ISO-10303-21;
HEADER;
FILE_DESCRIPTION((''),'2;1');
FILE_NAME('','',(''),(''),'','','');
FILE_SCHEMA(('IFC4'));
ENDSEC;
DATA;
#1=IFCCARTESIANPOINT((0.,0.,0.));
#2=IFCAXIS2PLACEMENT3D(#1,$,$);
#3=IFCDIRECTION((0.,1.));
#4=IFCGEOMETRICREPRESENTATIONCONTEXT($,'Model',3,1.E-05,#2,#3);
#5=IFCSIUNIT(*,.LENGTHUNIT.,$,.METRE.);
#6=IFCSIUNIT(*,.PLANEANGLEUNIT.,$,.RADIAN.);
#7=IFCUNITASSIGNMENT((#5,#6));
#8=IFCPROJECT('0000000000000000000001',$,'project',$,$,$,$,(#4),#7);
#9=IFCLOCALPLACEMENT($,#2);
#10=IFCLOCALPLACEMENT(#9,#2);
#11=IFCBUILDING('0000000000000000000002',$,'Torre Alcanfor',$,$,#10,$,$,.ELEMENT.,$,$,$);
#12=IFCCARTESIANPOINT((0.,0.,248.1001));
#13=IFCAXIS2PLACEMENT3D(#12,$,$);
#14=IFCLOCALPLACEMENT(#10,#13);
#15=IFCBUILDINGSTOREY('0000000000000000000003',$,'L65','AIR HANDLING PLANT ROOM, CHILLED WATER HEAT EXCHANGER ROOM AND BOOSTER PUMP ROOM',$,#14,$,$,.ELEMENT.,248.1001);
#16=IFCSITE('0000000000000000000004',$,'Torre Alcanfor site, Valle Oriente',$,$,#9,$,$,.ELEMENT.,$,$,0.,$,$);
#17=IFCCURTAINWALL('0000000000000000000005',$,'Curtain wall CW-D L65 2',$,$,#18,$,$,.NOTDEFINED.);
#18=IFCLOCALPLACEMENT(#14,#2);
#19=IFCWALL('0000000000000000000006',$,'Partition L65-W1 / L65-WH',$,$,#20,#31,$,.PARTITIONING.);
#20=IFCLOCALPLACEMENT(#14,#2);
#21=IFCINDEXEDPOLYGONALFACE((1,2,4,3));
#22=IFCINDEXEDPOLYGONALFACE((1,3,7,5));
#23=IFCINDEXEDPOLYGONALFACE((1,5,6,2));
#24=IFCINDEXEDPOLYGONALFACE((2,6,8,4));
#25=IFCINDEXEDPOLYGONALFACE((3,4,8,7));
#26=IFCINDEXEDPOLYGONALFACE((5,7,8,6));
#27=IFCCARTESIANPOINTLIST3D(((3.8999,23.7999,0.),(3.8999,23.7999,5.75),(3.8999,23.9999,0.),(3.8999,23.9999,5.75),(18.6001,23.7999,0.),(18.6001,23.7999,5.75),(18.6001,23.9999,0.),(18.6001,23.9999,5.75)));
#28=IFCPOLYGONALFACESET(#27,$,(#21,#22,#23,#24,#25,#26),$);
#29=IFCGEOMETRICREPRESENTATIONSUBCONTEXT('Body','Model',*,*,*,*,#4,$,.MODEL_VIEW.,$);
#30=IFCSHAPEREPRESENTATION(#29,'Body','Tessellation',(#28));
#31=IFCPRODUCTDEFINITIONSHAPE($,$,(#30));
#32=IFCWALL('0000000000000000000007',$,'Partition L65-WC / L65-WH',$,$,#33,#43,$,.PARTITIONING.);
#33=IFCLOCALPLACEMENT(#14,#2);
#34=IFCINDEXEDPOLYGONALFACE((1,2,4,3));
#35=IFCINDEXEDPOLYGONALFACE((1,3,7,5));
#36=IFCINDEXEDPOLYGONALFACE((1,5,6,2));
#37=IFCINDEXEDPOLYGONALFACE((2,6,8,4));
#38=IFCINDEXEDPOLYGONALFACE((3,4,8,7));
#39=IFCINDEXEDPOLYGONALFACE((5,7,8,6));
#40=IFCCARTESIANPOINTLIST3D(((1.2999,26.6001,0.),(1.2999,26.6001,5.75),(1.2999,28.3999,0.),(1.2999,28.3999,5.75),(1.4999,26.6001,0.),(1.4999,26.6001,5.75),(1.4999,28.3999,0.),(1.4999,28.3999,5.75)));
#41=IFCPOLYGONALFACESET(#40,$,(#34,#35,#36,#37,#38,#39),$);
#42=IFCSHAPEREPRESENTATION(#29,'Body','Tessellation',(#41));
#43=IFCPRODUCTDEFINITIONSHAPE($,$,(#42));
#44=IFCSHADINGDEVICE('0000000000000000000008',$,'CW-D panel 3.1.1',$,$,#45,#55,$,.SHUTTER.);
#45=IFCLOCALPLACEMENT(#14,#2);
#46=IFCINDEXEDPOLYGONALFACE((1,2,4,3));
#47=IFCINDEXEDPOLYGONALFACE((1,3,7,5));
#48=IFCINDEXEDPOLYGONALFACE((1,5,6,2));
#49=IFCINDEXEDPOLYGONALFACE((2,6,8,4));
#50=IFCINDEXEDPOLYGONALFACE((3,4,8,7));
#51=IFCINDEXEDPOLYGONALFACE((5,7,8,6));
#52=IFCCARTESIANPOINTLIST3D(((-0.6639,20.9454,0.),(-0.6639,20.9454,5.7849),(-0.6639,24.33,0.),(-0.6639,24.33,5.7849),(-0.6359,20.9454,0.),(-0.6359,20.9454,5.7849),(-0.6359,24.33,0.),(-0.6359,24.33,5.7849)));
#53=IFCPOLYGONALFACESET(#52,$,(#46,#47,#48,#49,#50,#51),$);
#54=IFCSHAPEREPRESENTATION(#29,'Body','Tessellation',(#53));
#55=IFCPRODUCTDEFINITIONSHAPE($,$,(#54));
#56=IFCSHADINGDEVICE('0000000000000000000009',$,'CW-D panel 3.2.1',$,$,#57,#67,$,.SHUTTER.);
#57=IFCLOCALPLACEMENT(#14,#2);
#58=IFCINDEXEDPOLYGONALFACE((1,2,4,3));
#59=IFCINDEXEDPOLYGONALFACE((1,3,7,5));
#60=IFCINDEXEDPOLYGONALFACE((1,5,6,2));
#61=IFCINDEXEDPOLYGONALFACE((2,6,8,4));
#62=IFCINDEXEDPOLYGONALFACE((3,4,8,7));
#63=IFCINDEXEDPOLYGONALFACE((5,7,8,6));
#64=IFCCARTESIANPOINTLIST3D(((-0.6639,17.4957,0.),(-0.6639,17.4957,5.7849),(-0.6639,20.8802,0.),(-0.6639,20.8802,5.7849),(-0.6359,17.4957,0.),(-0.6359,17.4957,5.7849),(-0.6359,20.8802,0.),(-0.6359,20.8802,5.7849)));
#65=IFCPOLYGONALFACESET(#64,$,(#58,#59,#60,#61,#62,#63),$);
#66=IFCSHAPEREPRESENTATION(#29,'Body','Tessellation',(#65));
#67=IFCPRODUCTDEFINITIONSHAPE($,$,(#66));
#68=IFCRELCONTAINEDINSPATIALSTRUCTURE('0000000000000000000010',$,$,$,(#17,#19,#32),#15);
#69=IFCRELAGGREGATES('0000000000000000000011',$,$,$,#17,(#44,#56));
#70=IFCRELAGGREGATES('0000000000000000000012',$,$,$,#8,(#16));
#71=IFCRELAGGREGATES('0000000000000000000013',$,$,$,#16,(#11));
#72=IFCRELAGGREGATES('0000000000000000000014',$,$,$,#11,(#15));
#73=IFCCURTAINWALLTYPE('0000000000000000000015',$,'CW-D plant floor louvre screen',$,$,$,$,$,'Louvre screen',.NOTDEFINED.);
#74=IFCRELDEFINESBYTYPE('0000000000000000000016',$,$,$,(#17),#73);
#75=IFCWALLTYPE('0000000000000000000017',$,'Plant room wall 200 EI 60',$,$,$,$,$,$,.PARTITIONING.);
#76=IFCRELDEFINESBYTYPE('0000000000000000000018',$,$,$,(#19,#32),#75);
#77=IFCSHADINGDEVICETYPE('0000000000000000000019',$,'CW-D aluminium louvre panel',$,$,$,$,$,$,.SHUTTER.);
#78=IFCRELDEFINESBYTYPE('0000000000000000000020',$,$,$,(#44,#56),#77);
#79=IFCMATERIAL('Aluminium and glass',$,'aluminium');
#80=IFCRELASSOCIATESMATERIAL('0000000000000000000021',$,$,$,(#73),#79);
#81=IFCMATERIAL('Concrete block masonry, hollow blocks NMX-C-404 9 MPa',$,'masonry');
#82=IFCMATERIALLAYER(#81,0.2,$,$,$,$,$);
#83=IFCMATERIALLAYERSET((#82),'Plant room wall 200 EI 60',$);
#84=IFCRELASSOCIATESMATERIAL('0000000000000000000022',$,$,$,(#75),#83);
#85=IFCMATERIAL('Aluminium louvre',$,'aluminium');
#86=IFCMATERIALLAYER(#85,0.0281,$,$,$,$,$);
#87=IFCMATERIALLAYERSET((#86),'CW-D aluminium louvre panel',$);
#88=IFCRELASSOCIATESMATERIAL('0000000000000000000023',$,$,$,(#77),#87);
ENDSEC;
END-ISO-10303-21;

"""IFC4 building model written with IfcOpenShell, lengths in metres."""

from ifc_helpers import new_model, si_unit, direction, frame, frame_2d, origin, origin_2d, place, context, subcontext, project, spatial, rectangle, extrude, material, layer, layer_set, type_object, element, aggregate, save


model = new_model("IFC4")

# Units and contexts
model_context = context("Model", 3, precision=1e-05, world=origin(), true_north=direction((0.0, 1.0)))
body_context = subcontext(model_context, "Body", "Model", "MODEL_VIEW")
ifc_project = project(units=[si_unit("LENGTHUNIT", "METRE"), si_unit("PLANEANGLEUNIT", "RADIAN")], contexts=[model_context])

# Site, building, storey
site_placement = place(None, origin())
site = spatial("IfcSite", under=ifc_project, at=site_placement, Name="Torre Alcanfor site, Valle Oriente", CompositionType="ELEMENT", RefElevation=0.0)
building_placement = place(site_placement, origin())
building = spatial("IfcBuilding", under=site, at=building_placement, Name="Torre Alcanfor", CompositionType="ELEMENT")
storey_placement = place(building_placement, frame((0.0, 0.0, 248.1001)))
storey = spatial("IfcBuildingStorey", under=building, at=storey_placement, Name="L65", Description="AIR HANDLING PLANT ROOM, CHILLED WATER HEAT EXCHANGER ROOM AND BOOSTER PUMP ROOM", CompositionType="ELEMENT", Elevation=248.1001)

# Curtain wall
ifc_material_1 = material(Name="Aluminium and glass", Category="aluminium")
curtain_wall_type = type_object("IfcCurtainWallType", Name="CW-D plant floor louvre screen", ElementType="Louvre screen", PredefinedType="NOTDEFINED", material=ifc_material_1)
curtain_wall_placement = place(storey_placement, origin())
curtain_wall = element("IfcCurtainWall", 1, at=curtain_wall_placement, inside=storey, type_object=curtain_wall_type, Name="Curtain wall CW-D L65 2", PredefinedType="NOTDEFINED")

# Walls
ifc_material_2 = material(Name="Concrete block masonry, hollow blocks NMX-C-404 9 MPa", Category="masonry")
ifc_layer_1 = layer(ifc_material_2, 0.2)
ifc_layer_set_1 = layer_set([ifc_layer_1], Name="Plant room wall 200 EI 60")
wall_type = type_object("IfcWallType", Name="Plant room wall 200 EI 60", PredefinedType="PARTITIONING", material=ifc_layer_set_1)
wall_1_placement = place(storey_placement, frame((3.8999, 23.8999, 0.0), z_axis=(0.0, 0.0, 1.0), x_axis=(1.0, 0.0, 0.0)))
element("IfcWall", 2, at=wall_1_placement, inside=storey, type_object=wall_type, Name="Partition L65-W1 / L65-WH", PredefinedType="PARTITIONING", context=body_context, shape_type="SweptSolid", body=[
    extrude(rectangle(XDim=14.7002, YDim=0.2, at=frame_2d((7.3501, 0.0))), origin(), (0.0, 0.0, 1.0), 5.75),
])
wall_2_placement = place(storey_placement, frame((1.3999, 26.6001, 0.0), z_axis=(0.0, 0.0, 1.0), x_axis=(0.0, 1.0, 0.0)))
element("IfcWall", 3, at=wall_2_placement, inside=storey, type_object=wall_type, Name="Partition L65-WC / L65-WH", PredefinedType="PARTITIONING", context=body_context, shape_type="SweptSolid", body=[
    extrude(rectangle(XDim=1.7998, YDim=0.2, at=frame_2d((0.8999, 0.0))), origin(), (0.0, 0.0, 1.0), 5.75),
])

# Shading devices
ifc_material_3 = material(Name="Aluminium louvre", Category="aluminium")
ifc_layer_2 = layer(ifc_material_3, 0.0281)
ifc_layer_set_2 = layer_set([ifc_layer_2], Name="CW-D aluminium louvre panel")
shading_device_type = type_object("IfcShadingDeviceType", Name="CW-D aluminium louvre panel", PredefinedType="SHUTTER", material=ifc_layer_set_2)
shading_device_1_placement = place(storey_placement, frame((-0.6499, 22.6377, 0.0), z_axis=(0.0, 0.0, 1.0), x_axis=(0.0, -1.0, 0.0)))
shading_device_1 = element("IfcShadingDevice", 4, at=shading_device_1_placement, type_object=shading_device_type, Name="CW-D panel 3.1.1", PredefinedType="SHUTTER", context=body_context, shape_type="SweptSolid", body=[
    extrude(rectangle(XDim=3.3845, YDim=0.0281, at=origin_2d()), origin(), (0.0, 0.0, 1.0), 5.7849),
])
shading_device_2_placement = place(storey_placement, frame((-0.6499, 19.188, 0.0), z_axis=(0.0, 0.0, 1.0), x_axis=(0.0, -1.0, 0.0)))
shading_device_2 = element("IfcShadingDevice", 5, at=shading_device_2_placement, type_object=shading_device_type, Name="CW-D panel 3.2.1", PredefinedType="SHUTTER", context=body_context, shape_type="SweptSolid", body=[
    extrude(rectangle(XDim=3.3845, YDim=0.0281, at=origin_2d()), origin(), (0.0, 0.0, 1.0), 5.7849),
])
aggregate(curtain_wall, [shading_device_1, shading_device_2])

save(model, "model.ifc")
